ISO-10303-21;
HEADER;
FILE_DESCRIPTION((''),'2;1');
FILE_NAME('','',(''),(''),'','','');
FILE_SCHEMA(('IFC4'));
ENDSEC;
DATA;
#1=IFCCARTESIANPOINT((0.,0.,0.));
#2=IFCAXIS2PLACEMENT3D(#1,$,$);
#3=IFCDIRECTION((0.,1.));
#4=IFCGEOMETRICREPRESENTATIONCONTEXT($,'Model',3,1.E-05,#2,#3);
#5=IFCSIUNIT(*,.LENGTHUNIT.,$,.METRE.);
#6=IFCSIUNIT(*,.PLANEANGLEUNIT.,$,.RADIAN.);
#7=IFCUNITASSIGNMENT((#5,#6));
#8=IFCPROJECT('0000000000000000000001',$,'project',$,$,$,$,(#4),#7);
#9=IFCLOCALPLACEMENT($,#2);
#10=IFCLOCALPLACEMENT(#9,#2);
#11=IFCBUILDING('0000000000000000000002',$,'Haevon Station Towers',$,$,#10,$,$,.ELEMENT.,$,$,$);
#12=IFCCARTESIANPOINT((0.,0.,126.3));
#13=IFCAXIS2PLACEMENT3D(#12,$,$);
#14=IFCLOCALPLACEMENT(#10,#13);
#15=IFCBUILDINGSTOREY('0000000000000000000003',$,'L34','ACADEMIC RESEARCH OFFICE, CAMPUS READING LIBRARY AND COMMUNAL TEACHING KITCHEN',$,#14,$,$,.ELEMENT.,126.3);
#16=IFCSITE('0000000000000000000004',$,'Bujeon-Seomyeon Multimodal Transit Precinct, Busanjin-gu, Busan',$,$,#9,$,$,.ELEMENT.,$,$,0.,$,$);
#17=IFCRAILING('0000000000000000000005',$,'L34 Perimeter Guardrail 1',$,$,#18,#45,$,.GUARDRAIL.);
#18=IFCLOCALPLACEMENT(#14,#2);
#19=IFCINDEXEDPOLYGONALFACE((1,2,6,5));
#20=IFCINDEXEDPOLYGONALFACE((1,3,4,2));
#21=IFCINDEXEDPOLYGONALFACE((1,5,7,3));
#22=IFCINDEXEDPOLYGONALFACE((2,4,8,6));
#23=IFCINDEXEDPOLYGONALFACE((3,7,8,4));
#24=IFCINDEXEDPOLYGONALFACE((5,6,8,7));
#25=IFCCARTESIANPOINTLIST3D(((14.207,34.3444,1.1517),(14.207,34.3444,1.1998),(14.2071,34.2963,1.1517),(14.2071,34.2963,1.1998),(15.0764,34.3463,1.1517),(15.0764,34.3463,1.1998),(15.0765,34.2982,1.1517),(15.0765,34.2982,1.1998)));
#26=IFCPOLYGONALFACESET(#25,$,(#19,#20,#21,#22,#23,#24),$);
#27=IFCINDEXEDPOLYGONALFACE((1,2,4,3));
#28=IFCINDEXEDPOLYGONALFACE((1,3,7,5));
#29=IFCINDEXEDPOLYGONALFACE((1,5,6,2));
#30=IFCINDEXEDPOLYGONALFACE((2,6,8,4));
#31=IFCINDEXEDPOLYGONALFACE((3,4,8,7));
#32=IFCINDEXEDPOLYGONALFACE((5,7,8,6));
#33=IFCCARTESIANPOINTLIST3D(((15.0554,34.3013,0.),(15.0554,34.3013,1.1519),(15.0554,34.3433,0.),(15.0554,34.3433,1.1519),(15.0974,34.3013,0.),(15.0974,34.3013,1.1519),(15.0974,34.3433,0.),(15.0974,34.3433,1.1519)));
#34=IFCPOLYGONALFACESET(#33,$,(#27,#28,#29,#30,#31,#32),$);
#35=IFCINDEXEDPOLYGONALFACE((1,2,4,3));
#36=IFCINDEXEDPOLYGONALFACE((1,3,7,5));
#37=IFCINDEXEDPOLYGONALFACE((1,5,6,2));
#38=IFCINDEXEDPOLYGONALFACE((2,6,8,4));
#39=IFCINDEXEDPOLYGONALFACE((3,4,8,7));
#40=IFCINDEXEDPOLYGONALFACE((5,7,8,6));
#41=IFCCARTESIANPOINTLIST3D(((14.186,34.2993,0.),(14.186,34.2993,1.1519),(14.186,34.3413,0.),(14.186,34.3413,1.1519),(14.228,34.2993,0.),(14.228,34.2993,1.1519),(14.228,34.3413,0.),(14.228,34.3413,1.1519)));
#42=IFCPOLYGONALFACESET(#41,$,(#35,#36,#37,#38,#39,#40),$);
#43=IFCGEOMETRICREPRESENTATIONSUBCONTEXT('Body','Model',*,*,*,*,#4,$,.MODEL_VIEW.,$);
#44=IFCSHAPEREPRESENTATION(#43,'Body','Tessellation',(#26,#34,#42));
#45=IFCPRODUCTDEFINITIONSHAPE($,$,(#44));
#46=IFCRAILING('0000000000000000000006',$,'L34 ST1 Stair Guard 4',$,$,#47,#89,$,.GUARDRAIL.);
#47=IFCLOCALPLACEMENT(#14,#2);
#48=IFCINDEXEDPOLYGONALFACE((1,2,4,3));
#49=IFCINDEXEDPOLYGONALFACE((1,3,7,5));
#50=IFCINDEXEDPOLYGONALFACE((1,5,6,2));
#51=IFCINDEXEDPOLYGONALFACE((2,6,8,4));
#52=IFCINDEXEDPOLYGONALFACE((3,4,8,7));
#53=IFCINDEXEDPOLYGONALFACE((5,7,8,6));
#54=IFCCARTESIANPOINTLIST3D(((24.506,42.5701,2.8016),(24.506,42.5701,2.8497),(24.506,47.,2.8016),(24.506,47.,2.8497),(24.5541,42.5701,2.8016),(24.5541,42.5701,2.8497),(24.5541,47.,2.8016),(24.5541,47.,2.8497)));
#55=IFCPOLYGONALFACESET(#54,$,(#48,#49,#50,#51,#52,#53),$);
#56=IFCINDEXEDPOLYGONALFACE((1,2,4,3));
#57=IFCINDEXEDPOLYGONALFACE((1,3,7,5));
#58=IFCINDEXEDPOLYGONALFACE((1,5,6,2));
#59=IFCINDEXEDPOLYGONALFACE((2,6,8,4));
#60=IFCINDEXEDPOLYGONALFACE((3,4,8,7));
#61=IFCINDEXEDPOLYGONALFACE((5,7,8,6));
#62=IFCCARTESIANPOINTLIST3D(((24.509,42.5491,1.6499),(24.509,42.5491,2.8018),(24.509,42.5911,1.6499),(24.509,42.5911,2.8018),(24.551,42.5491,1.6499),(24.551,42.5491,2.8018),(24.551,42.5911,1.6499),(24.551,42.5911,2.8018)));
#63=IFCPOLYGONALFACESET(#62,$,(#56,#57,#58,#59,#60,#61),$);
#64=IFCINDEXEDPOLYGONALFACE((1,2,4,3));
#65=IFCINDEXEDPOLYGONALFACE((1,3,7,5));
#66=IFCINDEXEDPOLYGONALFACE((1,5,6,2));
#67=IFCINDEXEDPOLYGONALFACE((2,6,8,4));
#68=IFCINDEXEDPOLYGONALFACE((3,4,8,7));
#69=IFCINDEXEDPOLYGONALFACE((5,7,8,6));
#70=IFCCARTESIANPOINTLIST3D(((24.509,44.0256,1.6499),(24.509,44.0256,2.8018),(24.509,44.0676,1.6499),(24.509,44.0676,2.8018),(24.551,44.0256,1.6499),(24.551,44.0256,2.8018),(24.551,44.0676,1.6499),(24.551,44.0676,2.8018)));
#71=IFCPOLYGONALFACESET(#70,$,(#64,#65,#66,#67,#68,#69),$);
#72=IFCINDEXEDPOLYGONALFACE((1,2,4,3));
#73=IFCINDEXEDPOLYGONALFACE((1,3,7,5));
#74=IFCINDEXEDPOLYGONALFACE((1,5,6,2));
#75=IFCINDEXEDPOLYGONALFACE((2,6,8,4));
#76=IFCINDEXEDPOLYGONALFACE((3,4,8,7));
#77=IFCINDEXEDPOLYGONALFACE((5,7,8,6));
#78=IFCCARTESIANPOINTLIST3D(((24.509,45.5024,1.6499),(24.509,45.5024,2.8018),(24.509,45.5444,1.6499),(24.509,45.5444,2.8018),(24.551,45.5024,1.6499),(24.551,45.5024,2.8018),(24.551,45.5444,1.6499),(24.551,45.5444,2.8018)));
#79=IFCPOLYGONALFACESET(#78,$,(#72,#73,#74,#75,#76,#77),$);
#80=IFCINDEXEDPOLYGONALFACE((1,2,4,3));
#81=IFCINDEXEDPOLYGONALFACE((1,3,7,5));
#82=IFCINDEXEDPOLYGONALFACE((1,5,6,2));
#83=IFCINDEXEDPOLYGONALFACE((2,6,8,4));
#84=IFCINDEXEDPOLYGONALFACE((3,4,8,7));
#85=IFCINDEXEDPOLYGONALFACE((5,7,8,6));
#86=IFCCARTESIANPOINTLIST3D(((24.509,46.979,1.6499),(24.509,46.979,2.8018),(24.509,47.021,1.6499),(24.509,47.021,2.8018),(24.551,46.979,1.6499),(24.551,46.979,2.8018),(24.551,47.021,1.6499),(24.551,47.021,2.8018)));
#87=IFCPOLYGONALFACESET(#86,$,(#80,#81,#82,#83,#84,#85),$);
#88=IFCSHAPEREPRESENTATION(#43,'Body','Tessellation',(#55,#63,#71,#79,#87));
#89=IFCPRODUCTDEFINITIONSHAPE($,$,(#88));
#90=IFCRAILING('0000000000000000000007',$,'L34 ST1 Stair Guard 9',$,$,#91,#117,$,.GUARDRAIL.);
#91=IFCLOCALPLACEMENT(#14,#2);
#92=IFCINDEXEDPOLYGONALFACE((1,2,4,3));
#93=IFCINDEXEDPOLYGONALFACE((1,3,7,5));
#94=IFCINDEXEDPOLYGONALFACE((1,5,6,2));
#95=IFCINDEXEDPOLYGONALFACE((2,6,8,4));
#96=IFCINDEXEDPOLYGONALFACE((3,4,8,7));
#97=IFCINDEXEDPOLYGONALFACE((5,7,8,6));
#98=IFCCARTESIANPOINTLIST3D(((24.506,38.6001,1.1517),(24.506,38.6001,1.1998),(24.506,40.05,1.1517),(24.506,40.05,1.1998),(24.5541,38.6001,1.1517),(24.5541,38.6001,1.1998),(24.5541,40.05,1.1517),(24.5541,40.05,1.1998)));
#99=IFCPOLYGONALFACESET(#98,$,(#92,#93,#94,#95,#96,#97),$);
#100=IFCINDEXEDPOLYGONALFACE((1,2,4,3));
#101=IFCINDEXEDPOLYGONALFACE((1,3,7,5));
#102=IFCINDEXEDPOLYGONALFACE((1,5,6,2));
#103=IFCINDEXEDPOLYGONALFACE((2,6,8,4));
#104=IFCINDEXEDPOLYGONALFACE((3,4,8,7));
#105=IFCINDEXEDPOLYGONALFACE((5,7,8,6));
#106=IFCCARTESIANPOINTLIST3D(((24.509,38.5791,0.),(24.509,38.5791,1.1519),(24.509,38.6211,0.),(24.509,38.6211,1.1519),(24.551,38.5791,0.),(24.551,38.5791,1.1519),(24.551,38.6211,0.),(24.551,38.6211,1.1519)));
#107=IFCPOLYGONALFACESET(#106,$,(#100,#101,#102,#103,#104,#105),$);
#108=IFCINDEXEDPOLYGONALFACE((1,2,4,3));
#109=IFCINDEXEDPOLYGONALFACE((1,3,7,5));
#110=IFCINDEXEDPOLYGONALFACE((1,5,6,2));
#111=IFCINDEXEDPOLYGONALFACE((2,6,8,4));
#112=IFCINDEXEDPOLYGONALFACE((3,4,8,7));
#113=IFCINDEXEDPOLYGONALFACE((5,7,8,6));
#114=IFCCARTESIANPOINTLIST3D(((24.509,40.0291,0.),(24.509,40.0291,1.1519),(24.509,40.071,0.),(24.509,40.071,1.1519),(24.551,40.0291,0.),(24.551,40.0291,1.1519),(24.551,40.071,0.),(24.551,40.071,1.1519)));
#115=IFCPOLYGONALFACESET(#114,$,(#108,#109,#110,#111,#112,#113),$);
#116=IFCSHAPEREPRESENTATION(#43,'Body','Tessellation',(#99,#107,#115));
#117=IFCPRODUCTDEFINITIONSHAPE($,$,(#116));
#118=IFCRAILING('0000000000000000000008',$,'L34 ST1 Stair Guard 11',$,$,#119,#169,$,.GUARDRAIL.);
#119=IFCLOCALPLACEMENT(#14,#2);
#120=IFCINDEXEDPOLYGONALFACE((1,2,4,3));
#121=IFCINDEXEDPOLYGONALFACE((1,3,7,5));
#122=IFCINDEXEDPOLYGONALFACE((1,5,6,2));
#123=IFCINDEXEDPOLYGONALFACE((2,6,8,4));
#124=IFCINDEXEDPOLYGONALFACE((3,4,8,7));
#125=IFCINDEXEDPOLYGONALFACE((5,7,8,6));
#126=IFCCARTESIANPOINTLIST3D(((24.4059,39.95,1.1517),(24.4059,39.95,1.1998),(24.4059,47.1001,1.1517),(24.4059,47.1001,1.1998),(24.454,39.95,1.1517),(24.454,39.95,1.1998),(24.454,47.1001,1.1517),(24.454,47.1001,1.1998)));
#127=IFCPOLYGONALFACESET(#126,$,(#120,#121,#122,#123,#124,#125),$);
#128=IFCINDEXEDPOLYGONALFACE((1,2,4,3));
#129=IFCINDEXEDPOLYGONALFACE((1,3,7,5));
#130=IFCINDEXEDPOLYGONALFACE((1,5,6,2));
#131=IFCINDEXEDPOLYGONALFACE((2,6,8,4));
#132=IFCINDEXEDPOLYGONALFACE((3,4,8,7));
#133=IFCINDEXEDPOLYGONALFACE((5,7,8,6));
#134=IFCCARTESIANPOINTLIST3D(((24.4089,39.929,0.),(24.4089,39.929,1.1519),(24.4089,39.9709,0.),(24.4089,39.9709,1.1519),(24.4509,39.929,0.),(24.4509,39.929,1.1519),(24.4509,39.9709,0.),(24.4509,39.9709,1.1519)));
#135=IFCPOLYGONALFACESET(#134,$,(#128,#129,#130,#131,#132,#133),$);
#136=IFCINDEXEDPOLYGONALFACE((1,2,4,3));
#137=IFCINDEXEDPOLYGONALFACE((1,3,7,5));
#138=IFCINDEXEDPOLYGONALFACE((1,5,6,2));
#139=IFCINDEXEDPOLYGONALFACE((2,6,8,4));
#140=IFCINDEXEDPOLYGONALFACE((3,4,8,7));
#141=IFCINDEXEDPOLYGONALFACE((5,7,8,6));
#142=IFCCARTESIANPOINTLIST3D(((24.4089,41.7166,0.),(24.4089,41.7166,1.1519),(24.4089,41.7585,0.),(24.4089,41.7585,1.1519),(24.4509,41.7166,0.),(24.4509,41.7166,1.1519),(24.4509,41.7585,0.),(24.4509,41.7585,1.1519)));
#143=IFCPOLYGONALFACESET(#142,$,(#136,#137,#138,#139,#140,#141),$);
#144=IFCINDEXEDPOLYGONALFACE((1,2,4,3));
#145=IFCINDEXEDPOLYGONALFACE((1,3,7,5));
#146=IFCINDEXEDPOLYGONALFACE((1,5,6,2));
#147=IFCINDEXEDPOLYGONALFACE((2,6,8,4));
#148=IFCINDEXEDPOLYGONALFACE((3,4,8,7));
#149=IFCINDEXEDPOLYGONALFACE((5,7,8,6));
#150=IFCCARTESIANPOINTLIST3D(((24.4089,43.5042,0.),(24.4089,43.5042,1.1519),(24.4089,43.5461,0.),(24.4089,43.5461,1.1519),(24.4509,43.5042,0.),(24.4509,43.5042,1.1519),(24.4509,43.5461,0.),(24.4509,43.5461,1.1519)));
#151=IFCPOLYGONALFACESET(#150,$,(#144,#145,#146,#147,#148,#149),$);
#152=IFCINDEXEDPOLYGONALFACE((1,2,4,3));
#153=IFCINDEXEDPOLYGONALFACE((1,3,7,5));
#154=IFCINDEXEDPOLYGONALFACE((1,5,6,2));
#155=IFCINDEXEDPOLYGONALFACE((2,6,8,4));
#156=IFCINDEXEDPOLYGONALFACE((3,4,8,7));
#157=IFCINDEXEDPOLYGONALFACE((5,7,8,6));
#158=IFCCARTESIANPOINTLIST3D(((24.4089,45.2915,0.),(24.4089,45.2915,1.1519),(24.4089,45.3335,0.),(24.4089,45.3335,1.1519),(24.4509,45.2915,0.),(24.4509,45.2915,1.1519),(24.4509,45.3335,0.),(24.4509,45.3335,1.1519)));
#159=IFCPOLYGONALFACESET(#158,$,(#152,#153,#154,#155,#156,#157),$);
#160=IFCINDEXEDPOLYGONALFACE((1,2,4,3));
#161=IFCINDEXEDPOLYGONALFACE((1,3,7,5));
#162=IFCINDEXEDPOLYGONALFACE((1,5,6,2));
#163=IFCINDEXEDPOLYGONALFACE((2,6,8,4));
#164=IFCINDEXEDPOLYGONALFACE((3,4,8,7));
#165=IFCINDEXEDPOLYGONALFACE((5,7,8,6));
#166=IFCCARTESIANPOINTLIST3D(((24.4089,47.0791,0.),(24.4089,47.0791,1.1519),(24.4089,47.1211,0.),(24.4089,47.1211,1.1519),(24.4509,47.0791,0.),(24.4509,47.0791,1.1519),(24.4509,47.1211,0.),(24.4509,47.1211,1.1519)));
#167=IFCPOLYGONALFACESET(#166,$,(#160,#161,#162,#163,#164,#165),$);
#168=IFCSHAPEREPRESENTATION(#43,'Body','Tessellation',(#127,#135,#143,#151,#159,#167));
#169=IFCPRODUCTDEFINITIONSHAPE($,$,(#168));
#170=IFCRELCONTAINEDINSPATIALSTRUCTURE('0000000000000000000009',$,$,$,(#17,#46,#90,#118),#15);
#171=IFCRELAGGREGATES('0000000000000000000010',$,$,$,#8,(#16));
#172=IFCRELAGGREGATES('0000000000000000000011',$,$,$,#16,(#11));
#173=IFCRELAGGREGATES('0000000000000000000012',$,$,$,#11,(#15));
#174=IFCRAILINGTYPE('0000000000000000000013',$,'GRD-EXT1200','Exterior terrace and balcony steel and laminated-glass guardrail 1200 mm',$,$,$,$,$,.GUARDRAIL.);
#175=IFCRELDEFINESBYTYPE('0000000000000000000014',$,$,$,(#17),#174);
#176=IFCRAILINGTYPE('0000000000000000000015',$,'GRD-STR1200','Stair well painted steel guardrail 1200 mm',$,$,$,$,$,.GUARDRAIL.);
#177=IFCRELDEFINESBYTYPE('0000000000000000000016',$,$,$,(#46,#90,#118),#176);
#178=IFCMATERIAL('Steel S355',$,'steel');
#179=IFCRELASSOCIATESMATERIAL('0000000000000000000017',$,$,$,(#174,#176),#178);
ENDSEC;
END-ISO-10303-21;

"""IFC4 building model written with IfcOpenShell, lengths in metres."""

from ifc_helpers import new_model, si_unit, direction, frame, origin, origin_2d, place, context, subcontext, project, spatial, rectangle, extrude, material, type_object, element, save


model = new_model("IFC4")

# Units and contexts
model_context = context("Model", 3, precision=1e-05, world=origin(), true_north=direction((0.0, 1.0)))
body_context = subcontext(model_context, "Body", "Model", "MODEL_VIEW")
ifc_project = project(units=[si_unit("LENGTHUNIT", "METRE"), si_unit("PLANEANGLEUNIT", "RADIAN")], contexts=[model_context])

# Site, building, storey
site_placement = place(None, origin())
site = spatial("IfcSite", under=ifc_project, at=site_placement, Name="Bujeon-Seomyeon Multimodal Transit Precinct, Busanjin-gu, Busan", CompositionType="ELEMENT", RefElevation=0.0)
building_placement = place(site_placement, origin())
building = spatial("IfcBuilding", under=site, at=building_placement, Name="Haevon Station Towers", CompositionType="ELEMENT")
storey_placement = place(building_placement, frame((0.0, 0.0, 126.3)))
storey = spatial("IfcBuildingStorey", under=building, at=storey_placement, Name="L34", Description="ACADEMIC RESEARCH OFFICE, CAMPUS READING LIBRARY AND COMMUNAL TEACHING KITCHEN", CompositionType="ELEMENT", Elevation=126.3)

# Shared definitions
ifc_material_1 = material(Name="Steel S355", Category="steel")

# Railings
railing_type_1 = type_object("IfcRailingType", Name="GRD-EXT1200", Description="Exterior terrace and balcony steel and laminated-glass guardrail 1200 mm", PredefinedType="GUARDRAIL", material=ifc_material_1)
railing_1_placement = place(storey_placement, frame((15.0764, 34.3223, 0.0)))
element("IfcRailing", 1, at=railing_1_placement, inside=storey, type_object=railing_type_1, Name="L34 Perimeter Guardrail 1", PredefinedType="GUARDRAIL", context=body_context, shape_type="SweptSolid", body=[
    extrude(rectangle(XDim=0.0481, YDim=0.0481, at=origin_2d()), frame((0.0, 0.0, 1.1758), z_axis=(-0.999997, -0.002247, 0.0), x_axis=(0.002247, -0.999997, 0.0)), (0.0, 0.0, 1.0), 0.8694),
    extrude(rectangle(XDim=0.042, YDim=0.042, at=origin_2d()), origin(), (0.0, 0.0, 1.0), 1.1519),
    extrude(rectangle(XDim=0.042, YDim=0.042, at=origin_2d()), frame((-0.8694, -0.002, 0.0)), (0.0, 0.0, 1.0), 1.1519),
])
railing_type_2 = type_object("IfcRailingType", Name="GRD-STR1200", Description="Stair well painted steel guardrail 1200 mm", PredefinedType="GUARDRAIL", material=ifc_material_1)
railing_2_placement = place(storey_placement, frame((24.53, 42.5701, 1.6499)))
element("IfcRailing", 2, at=railing_2_placement, inside=storey, type_object=railing_type_2, Name="L34 ST1 Stair Guard 4", PredefinedType="GUARDRAIL", context=body_context, shape_type="SweptSolid", body=[
    extrude(rectangle(XDim=0.0481, YDim=0.0481, at=origin_2d()), frame((0.0, 0.0, 1.1758), z_axis=(0.0, 1.0, 0.0), x_axis=(-1.0, 0.0, 0.0)), (0.0, 0.0, 1.0), 4.4299),
    extrude(rectangle(XDim=0.042, YDim=0.042, at=origin_2d()), origin(), (0.0, 0.0, 1.0), 1.1519),
    extrude(rectangle(XDim=0.042, YDim=0.042, at=origin_2d()), frame((0.0, 1.4766, 0.0)), (0.0, 0.0, 1.0), 1.1519),
    extrude(rectangle(XDim=0.042, YDim=0.042, at=origin_2d()), frame((0.0, 2.9534, 0.0)), (0.0, 0.0, 1.0), 1.1519),
    extrude(rectangle(XDim=0.042, YDim=0.042, at=origin_2d()), frame((0.0, 4.4299, 0.0)), (0.0, 0.0, 1.0), 1.1519),
])
railing_3_placement = place(storey_placement, frame((24.53, 38.6001, 0.0)))
element("IfcRailing", 3, at=railing_3_placement, inside=storey, type_object=railing_type_2, Name="L34 ST1 Stair Guard 9", PredefinedType="GUARDRAIL", context=body_context, shape_type="SweptSolid", body=[
    extrude(rectangle(XDim=0.0481, YDim=0.0481, at=origin_2d()), frame((0.0, 0.0, 1.1758), z_axis=(0.0, 1.0, 0.0), x_axis=(-1.0, 0.0, 0.0)), (0.0, 0.0, 1.0), 1.45),
    extrude(rectangle(XDim=0.042, YDim=0.042, at=origin_2d()), origin(), (0.0, 0.0, 1.0), 1.1519),
    extrude(rectangle(XDim=0.042, YDim=0.042, at=origin_2d()), frame((0.0, 1.45, 0.0)), (0.0, 0.0, 1.0), 1.1519),
])
railing_4_placement = place(storey_placement, frame((24.4299, 39.95, 0.0)))
element("IfcRailing", 4, at=railing_4_placement, inside=storey, type_object=railing_type_2, Name="L34 ST1 Stair Guard 11", PredefinedType="GUARDRAIL", context=body_context, shape_type="SweptSolid", body=[
    extrude(rectangle(XDim=0.0481, YDim=0.0481, at=origin_2d()), frame((0.0, 0.0, 1.1758), z_axis=(0.0, 1.0, 0.0), x_axis=(-1.0, 0.0, 0.0)), (0.0, 0.0, 1.0), 7.1501),
    extrude(rectangle(XDim=0.042, YDim=0.042, at=origin_2d()), origin(), (0.0, 0.0, 1.0), 1.1519),
    extrude(rectangle(XDim=0.042, YDim=0.042, at=origin_2d()), frame((0.0, 1.7876, 0.0)), (0.0, 0.0, 1.0), 1.1519),
    extrude(rectangle(XDim=0.042, YDim=0.042, at=origin_2d()), frame((0.0, 3.5752, 0.0)), (0.0, 0.0, 1.0), 1.1519),
    extrude(rectangle(XDim=0.042, YDim=0.042, at=origin_2d()), frame((0.0, 5.3625, 0.0)), (0.0, 0.0, 1.0), 1.1519),
    extrude(rectangle(XDim=0.042, YDim=0.042, at=origin_2d()), frame((0.0, 7.1501, 0.0)), (0.0, 0.0, 1.0), 1.1519),
])

save(model, "model.ifc")
